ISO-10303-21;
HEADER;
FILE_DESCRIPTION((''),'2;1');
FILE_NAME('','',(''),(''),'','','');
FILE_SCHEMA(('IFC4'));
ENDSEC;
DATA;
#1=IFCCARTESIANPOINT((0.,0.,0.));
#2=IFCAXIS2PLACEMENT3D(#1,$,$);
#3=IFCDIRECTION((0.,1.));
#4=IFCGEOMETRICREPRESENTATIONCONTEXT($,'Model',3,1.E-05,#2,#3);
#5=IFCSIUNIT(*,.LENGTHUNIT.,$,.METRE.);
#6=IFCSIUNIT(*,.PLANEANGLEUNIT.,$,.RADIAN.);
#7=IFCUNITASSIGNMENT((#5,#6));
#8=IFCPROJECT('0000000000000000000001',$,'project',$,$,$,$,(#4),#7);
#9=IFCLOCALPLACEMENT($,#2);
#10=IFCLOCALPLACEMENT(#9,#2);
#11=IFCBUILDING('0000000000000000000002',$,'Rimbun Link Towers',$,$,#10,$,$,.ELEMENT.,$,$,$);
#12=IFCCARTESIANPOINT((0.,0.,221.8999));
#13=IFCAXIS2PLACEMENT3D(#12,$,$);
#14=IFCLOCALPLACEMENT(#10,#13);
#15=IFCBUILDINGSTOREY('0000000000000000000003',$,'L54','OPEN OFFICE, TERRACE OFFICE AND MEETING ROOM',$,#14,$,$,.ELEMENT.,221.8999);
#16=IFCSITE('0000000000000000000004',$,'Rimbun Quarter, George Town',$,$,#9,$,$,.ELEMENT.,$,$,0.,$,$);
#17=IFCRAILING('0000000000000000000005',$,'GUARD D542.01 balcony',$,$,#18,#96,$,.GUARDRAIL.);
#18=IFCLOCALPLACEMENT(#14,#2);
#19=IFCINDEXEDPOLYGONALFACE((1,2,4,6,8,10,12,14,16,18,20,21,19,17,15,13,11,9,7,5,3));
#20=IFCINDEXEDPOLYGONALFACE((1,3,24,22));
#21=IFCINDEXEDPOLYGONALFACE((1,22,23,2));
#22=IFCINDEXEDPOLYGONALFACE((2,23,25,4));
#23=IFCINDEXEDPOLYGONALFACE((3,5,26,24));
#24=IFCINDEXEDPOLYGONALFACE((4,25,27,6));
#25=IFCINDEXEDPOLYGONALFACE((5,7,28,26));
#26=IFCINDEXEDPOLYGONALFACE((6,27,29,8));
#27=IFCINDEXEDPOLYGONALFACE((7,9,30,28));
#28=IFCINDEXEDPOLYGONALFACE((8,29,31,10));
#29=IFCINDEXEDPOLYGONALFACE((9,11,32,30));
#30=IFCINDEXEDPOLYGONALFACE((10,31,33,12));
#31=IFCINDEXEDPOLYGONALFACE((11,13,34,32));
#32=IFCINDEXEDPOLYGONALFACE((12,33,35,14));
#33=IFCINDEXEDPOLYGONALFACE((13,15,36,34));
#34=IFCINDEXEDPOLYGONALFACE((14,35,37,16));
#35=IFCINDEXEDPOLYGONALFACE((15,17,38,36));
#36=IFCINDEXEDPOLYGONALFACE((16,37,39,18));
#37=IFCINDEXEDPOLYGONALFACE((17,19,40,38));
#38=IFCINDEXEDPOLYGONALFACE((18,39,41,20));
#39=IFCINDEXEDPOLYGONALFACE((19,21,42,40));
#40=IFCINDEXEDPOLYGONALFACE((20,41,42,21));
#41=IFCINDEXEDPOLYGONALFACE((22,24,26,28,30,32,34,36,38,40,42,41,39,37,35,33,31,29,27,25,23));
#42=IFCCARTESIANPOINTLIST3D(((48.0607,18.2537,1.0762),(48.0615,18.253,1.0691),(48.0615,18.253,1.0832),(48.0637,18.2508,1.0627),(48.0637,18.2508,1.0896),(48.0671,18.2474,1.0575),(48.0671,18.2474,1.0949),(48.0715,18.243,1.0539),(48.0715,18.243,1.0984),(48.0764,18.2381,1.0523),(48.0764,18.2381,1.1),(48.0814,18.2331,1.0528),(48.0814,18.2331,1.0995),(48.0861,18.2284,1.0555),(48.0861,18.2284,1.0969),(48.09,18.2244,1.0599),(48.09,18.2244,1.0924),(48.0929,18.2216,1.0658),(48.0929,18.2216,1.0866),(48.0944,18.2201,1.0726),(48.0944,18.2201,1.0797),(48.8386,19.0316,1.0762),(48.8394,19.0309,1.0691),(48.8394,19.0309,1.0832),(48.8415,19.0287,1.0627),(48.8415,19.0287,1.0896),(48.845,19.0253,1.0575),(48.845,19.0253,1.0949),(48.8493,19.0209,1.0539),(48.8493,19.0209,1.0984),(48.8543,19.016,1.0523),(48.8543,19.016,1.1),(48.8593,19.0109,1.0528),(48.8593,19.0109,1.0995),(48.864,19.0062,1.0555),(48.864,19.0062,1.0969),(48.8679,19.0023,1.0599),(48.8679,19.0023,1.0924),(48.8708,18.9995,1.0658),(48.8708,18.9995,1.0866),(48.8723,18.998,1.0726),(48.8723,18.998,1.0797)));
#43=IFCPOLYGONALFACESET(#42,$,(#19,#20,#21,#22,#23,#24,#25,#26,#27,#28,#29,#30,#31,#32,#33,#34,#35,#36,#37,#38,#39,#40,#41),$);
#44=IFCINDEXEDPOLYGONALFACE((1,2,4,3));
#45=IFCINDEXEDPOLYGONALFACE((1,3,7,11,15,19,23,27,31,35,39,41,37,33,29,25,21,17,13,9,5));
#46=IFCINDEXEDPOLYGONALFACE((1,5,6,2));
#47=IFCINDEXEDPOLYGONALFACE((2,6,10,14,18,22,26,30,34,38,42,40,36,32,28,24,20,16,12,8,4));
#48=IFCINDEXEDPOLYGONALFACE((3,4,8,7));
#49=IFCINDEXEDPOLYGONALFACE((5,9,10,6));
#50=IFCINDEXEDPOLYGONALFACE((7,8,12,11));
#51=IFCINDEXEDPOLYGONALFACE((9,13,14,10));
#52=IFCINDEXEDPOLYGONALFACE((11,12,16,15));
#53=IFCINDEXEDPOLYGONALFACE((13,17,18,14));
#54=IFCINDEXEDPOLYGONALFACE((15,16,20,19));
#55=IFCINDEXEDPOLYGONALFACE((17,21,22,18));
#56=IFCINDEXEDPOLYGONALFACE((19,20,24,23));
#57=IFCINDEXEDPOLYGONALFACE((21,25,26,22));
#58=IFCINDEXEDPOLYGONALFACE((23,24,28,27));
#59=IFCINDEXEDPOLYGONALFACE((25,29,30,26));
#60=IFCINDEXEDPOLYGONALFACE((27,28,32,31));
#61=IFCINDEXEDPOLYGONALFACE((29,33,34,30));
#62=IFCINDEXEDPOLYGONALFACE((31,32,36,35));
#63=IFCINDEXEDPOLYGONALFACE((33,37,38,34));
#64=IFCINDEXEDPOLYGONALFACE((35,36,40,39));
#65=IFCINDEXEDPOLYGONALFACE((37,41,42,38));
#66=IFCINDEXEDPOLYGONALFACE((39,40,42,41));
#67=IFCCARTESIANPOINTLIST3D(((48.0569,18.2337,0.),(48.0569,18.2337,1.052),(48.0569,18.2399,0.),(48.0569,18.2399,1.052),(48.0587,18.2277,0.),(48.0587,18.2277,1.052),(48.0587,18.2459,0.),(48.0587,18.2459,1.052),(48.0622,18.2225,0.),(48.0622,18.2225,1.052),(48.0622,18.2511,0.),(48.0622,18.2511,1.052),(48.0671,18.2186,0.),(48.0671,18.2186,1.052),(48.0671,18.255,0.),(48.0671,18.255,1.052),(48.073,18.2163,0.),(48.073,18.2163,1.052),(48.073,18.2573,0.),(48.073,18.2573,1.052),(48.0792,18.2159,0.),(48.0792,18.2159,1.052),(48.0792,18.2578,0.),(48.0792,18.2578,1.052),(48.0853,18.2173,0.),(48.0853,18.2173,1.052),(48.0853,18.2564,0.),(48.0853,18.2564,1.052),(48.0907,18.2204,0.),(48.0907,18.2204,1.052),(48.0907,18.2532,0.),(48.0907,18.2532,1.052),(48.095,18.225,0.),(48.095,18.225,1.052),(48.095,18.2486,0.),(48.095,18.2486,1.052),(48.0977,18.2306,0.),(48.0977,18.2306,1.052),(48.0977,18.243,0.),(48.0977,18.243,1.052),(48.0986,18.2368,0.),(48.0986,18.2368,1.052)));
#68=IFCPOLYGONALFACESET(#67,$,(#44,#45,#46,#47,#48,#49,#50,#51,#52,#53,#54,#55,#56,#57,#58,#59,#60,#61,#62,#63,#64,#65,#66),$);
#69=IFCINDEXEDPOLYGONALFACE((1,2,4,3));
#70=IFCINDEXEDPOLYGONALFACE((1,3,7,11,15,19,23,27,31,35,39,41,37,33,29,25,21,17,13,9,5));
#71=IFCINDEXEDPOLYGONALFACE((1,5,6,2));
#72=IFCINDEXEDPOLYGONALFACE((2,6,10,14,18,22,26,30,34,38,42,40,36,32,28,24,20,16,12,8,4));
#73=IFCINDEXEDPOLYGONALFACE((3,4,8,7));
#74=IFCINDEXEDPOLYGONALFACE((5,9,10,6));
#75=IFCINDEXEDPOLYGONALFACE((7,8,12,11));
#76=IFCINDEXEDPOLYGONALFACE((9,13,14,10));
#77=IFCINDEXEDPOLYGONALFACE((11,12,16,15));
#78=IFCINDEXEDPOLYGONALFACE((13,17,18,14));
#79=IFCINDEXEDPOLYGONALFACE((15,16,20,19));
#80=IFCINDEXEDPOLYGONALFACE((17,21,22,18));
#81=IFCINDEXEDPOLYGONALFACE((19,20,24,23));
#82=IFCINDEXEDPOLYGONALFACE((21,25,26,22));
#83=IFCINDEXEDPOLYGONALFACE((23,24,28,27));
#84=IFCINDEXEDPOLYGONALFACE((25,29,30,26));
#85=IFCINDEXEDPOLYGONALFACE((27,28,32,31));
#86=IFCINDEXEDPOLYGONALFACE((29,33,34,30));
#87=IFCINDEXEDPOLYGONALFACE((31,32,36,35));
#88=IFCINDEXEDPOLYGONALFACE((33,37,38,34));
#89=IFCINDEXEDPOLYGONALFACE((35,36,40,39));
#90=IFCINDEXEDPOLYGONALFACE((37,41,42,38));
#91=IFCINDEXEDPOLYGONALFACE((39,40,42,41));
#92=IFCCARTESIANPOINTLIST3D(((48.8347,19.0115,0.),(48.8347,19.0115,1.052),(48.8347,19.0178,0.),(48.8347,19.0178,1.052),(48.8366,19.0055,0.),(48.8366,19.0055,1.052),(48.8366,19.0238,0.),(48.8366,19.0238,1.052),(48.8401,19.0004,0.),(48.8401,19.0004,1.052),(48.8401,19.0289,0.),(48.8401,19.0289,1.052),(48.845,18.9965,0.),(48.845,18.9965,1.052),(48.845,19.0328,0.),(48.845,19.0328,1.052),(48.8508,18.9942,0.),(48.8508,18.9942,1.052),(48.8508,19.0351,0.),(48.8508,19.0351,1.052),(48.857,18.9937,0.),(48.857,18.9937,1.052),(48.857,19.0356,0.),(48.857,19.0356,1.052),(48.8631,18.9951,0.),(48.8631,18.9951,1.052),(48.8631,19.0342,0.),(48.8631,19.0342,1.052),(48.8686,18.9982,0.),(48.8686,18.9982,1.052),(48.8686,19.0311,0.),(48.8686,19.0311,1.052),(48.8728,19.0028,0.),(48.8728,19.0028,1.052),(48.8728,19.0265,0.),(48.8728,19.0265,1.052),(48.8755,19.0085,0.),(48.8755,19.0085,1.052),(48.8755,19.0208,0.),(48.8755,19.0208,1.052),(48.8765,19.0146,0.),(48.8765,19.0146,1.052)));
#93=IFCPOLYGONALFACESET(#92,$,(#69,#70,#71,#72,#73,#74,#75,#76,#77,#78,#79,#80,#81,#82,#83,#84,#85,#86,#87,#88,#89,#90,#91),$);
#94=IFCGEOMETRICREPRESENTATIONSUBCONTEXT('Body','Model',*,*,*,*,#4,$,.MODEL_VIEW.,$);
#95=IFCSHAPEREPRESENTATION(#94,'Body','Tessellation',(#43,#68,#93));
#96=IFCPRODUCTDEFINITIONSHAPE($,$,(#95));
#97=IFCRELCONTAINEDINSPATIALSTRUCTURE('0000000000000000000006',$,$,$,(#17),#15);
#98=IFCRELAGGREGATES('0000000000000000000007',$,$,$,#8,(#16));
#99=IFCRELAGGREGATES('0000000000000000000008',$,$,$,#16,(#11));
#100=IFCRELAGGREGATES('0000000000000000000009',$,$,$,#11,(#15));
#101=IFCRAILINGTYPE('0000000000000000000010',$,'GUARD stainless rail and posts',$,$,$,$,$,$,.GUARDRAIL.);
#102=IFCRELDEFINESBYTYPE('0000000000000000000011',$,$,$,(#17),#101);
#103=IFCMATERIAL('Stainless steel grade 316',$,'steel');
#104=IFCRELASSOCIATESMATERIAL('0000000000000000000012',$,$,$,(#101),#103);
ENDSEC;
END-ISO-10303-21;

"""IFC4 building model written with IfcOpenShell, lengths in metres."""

from ifc_helpers import new_model, si_unit, direction, frame, origin, origin_2d, place, context, subcontext, project, spatial, circle, extrude, material, type_object, element, save


model = new_model("IFC4")

# Units and contexts
model_context = context("Model", 3, precision=1e-05, world=origin(), true_north=direction((0.0, 1.0)))
body_context = subcontext(model_context, "Body", "Model", "MODEL_VIEW")
ifc_project = project(units=[si_unit("LENGTHUNIT", "METRE"), si_unit("PLANEANGLEUNIT", "RADIAN")], contexts=[model_context])

# Site, building, storey
site_placement = place(None, origin())
site = spatial("IfcSite", under=ifc_project, at=site_placement, Name="Rimbun Quarter, George Town", CompositionType="ELEMENT", RefElevation=0.0)
building_placement = place(site_placement, origin())
building = spatial("IfcBuilding", under=site, at=building_placement, Name="Rimbun Link Towers", CompositionType="ELEMENT")
storey_placement = place(building_placement, frame((0.0, 0.0, 221.8999)))
storey = spatial("IfcBuildingStorey", under=building, at=storey_placement, Name="L54", Description="OPEN OFFICE, TERRACE OFFICE AND MEETING ROOM", CompositionType="ELEMENT", Elevation=221.8999)

# Railing
ifc_material_1 = material(Name="Stainless steel grade 316", Category="steel")
railing_type = type_object("IfcRailingType", Name="GUARD stainless rail and posts", PredefinedType="GUARDRAIL", material=ifc_material_1)
railing_1_placement = place(storey_placement, frame((48.0776, 18.2368, 0.0)))
element("IfcRailing", 1, at=railing_1_placement, inside=storey, type_object=railing_type, Name="GUARD D542.01 balcony", PredefinedType="GUARDRAIL", context=body_context, shape_type="SweptSolid", body=[
    extrude(circle(Radius=0.0239, at=origin_2d()), frame((0.0, 0.0, 1.0762), z_axis=(0.707107, 0.707107, 0.0), x_axis=(-0.707107, 0.707107, 0.0)), (0.0, 0.0, 1.0), 1.1001),
    extrude(circle(Radius=0.021, at=origin_2d()), origin(), (0.0, 0.0, 1.0), 1.052),
    extrude(circle(Radius=0.021, at=origin_2d()), frame((0.7778, 0.7778, 0.0)), (0.0, 0.0, 1.0), 1.052),
])

save(model, "model.ifc")
